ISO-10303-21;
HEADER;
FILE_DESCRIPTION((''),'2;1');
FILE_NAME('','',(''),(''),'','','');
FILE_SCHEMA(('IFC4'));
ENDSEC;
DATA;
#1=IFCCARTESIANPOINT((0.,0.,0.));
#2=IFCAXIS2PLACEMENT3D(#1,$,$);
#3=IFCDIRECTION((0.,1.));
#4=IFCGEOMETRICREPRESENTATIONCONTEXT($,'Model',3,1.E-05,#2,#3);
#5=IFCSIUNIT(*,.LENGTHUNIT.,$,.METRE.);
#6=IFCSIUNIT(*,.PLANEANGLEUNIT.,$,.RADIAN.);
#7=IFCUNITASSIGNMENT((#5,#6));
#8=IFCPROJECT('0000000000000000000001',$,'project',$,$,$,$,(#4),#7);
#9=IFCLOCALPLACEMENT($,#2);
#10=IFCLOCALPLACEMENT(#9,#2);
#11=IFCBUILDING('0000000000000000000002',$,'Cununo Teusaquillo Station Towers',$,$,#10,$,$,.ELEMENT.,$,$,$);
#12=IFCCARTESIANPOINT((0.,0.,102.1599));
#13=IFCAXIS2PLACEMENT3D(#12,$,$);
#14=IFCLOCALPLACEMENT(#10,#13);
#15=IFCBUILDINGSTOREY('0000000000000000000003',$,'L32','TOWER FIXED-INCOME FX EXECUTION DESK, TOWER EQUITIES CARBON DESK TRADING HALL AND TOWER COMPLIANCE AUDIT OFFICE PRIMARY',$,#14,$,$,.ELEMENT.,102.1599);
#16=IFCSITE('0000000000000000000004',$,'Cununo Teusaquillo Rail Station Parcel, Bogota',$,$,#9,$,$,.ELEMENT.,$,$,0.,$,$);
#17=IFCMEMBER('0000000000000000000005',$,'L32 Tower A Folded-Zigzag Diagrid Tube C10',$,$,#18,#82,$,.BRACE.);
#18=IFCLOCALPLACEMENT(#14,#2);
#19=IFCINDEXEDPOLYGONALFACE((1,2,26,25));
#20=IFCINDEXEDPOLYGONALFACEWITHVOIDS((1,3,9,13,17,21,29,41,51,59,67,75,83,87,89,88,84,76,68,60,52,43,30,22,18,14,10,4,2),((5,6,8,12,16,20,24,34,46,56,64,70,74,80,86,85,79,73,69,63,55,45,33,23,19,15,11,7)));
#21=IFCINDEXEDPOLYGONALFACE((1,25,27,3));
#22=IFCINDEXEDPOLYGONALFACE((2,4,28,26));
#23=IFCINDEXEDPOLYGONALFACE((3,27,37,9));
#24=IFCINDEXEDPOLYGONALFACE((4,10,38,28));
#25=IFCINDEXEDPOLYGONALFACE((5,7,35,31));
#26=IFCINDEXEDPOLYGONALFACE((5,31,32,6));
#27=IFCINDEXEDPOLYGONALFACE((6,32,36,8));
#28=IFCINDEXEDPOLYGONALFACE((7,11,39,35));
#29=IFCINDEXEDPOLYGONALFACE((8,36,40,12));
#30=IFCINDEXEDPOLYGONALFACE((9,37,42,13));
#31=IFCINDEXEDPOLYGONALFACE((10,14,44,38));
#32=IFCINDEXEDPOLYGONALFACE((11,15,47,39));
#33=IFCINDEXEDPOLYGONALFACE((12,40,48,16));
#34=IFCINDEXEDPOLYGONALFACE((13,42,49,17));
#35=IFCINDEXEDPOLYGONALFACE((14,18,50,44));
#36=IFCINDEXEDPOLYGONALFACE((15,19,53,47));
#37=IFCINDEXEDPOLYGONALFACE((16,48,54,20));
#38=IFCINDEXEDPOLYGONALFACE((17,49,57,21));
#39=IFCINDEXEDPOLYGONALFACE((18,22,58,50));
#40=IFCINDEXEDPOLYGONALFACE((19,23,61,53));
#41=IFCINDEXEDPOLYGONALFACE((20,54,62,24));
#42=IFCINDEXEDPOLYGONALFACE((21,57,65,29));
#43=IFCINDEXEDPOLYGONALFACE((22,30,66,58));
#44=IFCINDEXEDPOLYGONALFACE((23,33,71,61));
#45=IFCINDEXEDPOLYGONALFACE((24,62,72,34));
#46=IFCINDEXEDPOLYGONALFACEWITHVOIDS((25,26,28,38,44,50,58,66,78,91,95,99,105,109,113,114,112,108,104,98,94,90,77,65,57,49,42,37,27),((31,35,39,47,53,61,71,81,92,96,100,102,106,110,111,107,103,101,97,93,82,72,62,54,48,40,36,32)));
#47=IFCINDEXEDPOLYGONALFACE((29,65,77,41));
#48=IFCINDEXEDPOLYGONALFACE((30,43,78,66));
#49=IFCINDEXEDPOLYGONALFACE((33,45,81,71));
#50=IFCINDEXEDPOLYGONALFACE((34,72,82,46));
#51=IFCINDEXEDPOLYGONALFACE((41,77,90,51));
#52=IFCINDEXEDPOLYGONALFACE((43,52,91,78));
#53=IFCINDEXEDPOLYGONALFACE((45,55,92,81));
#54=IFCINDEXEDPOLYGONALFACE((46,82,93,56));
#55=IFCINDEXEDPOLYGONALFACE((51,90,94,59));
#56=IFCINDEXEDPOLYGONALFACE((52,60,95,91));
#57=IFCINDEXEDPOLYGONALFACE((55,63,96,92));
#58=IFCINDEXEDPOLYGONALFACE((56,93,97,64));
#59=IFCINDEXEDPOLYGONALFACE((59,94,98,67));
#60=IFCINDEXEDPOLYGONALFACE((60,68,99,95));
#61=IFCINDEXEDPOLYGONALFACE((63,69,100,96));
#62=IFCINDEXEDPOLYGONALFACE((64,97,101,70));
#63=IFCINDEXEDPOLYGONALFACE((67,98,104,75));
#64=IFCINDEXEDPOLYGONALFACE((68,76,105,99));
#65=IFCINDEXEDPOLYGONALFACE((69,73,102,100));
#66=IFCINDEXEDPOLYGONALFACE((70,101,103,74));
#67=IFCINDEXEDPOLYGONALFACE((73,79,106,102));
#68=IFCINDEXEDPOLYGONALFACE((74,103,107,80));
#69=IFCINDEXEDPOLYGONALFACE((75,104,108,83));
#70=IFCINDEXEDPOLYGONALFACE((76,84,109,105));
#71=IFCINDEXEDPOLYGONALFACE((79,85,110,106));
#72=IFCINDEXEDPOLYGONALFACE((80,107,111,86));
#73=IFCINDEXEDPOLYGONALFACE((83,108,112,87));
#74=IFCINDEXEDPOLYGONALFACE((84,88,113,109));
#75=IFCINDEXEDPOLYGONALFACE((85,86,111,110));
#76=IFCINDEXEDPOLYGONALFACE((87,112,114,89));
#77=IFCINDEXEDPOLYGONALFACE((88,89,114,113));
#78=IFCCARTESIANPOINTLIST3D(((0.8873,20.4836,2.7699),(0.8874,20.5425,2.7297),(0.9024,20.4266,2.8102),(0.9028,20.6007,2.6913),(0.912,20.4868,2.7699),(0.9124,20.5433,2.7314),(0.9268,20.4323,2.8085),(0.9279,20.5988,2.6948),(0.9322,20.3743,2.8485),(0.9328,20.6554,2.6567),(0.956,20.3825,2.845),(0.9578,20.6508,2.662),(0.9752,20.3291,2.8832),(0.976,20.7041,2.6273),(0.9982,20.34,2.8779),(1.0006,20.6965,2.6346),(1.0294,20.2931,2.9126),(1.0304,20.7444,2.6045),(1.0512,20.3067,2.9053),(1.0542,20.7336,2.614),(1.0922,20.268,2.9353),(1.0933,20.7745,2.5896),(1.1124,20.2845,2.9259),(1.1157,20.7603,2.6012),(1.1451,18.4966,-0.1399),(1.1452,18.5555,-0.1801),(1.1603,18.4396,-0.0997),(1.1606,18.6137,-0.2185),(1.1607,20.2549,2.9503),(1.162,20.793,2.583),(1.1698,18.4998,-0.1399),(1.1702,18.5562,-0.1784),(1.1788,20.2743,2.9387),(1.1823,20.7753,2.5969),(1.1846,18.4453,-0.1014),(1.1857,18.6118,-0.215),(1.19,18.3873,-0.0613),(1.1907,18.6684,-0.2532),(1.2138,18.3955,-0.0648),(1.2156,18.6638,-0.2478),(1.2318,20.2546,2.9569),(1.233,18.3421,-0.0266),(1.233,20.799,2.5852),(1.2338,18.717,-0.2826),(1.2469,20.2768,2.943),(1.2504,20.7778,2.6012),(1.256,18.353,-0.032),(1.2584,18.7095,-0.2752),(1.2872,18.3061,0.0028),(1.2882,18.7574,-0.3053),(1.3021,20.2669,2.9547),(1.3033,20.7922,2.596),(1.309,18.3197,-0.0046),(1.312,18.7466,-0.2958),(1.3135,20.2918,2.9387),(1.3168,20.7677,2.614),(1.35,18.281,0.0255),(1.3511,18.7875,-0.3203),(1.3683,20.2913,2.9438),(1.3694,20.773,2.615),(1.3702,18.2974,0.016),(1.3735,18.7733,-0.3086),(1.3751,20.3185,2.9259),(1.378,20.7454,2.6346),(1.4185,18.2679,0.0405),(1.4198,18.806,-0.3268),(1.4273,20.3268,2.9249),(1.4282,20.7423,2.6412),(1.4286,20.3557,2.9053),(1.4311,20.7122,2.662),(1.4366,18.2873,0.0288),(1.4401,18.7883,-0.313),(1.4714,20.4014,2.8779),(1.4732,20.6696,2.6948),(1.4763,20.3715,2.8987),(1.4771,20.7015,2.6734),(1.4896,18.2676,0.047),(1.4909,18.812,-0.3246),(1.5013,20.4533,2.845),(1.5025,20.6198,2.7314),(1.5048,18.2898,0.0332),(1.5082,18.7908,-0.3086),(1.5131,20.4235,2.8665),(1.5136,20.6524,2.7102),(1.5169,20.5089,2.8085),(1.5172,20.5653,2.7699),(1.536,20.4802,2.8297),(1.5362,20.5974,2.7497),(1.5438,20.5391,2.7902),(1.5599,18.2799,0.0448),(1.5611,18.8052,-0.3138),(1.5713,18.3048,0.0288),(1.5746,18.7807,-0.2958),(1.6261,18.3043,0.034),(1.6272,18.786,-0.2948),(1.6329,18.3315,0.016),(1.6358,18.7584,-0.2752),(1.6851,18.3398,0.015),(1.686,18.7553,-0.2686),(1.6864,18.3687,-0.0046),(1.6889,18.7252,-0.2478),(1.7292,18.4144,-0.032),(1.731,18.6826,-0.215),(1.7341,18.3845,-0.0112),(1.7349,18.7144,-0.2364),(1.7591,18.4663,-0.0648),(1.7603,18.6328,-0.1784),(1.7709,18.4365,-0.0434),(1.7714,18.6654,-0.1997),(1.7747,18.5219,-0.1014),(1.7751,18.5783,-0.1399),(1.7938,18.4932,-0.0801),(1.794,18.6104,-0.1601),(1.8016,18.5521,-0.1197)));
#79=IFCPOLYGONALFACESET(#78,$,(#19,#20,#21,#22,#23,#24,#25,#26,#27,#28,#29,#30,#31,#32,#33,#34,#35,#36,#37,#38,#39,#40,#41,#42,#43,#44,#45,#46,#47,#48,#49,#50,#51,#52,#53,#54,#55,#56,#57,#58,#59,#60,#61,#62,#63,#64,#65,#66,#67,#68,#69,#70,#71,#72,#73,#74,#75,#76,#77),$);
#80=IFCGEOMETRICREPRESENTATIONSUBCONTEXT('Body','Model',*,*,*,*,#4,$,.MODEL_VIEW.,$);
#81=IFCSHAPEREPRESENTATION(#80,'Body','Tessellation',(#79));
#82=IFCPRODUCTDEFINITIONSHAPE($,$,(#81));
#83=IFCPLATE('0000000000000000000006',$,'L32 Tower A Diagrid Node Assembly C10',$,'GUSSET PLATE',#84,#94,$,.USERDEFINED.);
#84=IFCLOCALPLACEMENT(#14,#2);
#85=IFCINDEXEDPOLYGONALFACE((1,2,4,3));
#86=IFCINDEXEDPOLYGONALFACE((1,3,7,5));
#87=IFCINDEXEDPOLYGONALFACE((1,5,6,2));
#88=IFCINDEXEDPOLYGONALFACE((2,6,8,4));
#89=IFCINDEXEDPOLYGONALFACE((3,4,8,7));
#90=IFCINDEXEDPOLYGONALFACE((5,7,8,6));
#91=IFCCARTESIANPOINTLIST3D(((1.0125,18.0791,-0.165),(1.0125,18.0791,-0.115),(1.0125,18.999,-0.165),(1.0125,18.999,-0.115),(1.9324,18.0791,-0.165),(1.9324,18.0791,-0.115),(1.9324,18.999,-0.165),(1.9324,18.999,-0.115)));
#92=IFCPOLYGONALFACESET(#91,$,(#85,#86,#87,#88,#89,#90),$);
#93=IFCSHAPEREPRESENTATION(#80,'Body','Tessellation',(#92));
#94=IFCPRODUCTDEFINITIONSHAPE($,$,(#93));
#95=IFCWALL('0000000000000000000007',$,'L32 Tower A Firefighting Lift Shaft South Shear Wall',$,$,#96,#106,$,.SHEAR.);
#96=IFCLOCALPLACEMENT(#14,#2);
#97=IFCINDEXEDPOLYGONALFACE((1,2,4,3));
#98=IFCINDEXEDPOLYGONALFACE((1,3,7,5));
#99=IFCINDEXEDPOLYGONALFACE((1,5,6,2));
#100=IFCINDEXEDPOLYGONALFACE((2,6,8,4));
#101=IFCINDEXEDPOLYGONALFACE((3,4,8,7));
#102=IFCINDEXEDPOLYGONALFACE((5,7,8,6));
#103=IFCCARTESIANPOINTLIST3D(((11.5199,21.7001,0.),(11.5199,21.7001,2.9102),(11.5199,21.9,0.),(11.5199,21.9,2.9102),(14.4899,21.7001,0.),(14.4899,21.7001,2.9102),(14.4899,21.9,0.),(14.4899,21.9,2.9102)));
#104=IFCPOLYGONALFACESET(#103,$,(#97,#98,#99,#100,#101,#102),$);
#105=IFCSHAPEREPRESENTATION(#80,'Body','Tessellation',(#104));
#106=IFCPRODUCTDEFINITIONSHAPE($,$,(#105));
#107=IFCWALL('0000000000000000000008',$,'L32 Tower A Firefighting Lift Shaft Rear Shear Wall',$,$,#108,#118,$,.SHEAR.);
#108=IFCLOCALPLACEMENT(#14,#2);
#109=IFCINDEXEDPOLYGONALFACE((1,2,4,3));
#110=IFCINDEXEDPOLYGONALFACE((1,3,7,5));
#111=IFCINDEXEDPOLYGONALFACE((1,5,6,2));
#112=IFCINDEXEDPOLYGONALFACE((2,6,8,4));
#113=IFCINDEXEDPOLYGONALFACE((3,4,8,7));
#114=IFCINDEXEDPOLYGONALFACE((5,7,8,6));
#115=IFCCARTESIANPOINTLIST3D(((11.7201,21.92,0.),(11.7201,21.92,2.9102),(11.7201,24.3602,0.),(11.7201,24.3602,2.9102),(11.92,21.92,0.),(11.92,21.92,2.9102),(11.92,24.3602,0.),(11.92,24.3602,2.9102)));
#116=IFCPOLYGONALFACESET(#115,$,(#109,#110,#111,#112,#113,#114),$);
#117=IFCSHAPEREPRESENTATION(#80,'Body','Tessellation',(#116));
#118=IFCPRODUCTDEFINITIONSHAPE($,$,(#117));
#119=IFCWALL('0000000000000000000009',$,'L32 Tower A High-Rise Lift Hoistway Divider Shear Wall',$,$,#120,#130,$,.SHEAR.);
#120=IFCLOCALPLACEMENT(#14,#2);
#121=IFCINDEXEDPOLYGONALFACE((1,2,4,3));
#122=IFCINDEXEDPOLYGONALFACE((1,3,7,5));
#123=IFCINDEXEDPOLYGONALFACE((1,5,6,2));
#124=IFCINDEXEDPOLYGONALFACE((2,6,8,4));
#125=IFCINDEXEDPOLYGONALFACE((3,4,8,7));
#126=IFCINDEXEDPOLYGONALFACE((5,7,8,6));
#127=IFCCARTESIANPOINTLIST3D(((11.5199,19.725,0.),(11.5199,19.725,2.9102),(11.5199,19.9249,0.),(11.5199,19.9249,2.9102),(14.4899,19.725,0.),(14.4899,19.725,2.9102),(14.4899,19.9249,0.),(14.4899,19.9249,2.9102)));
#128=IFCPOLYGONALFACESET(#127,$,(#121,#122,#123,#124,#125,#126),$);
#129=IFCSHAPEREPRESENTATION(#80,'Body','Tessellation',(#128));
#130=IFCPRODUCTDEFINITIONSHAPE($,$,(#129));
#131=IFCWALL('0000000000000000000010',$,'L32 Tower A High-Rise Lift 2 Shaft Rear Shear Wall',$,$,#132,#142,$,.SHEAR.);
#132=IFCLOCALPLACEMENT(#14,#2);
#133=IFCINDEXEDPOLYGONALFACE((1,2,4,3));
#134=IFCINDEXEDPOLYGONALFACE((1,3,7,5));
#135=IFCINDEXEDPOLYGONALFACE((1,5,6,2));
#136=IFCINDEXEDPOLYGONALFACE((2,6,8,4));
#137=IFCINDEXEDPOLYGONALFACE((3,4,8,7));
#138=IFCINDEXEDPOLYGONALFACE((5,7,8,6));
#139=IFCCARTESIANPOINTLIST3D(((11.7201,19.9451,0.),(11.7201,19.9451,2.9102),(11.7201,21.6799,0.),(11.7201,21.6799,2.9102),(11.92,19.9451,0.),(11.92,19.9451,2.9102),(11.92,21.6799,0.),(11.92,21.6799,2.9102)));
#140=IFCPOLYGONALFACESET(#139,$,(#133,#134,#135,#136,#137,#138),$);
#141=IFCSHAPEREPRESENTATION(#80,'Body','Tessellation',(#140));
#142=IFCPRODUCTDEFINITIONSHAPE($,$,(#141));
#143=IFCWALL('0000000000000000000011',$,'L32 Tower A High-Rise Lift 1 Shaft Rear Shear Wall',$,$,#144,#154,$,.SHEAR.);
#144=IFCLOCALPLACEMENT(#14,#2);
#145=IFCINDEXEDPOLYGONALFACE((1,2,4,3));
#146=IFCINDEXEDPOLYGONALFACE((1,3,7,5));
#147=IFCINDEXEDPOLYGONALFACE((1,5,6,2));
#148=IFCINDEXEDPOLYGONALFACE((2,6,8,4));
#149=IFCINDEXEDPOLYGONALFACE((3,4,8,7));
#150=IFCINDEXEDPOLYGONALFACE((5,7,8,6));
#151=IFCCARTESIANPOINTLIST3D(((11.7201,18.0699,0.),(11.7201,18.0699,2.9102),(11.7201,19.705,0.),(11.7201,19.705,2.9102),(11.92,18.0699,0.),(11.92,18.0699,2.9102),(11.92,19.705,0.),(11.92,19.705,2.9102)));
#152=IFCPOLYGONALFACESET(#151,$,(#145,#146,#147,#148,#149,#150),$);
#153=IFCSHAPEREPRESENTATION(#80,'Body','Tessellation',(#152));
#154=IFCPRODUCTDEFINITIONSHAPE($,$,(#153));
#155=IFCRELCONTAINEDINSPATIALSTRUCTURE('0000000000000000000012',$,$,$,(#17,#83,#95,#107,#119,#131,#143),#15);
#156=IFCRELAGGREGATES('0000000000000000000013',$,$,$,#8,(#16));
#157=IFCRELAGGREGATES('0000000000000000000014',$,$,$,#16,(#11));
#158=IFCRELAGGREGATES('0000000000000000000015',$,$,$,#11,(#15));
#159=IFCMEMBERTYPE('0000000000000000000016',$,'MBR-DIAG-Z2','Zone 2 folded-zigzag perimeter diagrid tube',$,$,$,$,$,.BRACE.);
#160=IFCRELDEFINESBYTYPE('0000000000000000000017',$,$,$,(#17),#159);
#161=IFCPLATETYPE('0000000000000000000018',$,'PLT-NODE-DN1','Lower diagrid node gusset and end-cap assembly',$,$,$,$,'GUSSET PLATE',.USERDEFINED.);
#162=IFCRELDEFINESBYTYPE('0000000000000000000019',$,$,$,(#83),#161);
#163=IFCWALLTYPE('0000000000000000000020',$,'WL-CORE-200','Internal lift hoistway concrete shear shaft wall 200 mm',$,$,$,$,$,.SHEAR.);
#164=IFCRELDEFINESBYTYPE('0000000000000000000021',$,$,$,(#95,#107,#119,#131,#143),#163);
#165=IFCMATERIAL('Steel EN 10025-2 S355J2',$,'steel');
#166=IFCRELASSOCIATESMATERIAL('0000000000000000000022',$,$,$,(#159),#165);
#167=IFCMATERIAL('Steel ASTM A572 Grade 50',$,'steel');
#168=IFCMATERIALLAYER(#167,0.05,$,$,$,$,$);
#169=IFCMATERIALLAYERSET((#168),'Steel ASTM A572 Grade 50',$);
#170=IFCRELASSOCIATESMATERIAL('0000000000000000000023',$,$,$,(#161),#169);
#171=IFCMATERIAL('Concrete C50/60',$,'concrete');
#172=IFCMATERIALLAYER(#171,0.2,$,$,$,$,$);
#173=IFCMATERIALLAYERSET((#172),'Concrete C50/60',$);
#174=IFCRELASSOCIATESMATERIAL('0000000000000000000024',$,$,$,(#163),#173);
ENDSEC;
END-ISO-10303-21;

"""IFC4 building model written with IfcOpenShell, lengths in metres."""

from ifc_helpers import new_model, si_unit, direction, frame, frame_2d, origin, origin_2d, place, context, subcontext, project, spatial, rectangle, hollow_circle, extrude, source, transform, mapped, material, layer, layer_set, material_profile, profile_set, type_object, element, save


model = new_model("IFC4")

# Units and contexts
model_context = context("Model", 3, precision=1e-05, world=origin(), true_north=direction((0.0, 1.0)))
body_context = subcontext(model_context, "Body", "Model", "MODEL_VIEW")
ifc_project = project(units=[si_unit("LENGTHUNIT", "METRE"), si_unit("PLANEANGLEUNIT", "RADIAN")], contexts=[model_context])

# Site, building, storey
site_placement = place(None, origin())
site = spatial("IfcSite", under=ifc_project, at=site_placement, Name="Cununo Teusaquillo Rail Station Parcel, Bogota", CompositionType="ELEMENT", RefElevation=0.0)
building_placement = place(site_placement, origin())
building = spatial("IfcBuilding", under=site, at=building_placement, Name="Cununo Teusaquillo Station Towers", CompositionType="ELEMENT")
storey_placement = place(building_placement, frame((0.0, 0.0, 102.1599)))
storey = spatial("IfcBuildingStorey", under=building, at=storey_placement, Name="L32", Description="TOWER FIXED-INCOME FX EXECUTION DESK, TOWER EQUITIES CARBON DESK TRADING HALL AND TOWER COMPLIANCE AUDIT OFFICE PRIMARY", CompositionType="ELEMENT", Elevation=102.1599)

# Member
ifc_material_1 = material(Name="Steel EN 10025-2 S355J2", Category="steel")
ifc_material_profile_1 = material_profile(ifc_material_1, hollow_circle(Radius=0.3301, WallThickness=0.0249, at=origin_2d()), Name="CHS 660x25")
ifc_profile_set_1 = profile_set([ifc_material_profile_1], Name="Steel EN 10025-2 S355J2")
member_type = type_object("IfcMemberType", Name="MBR-DIAG-Z2", Description="Zone 2 folded-zigzag perimeter diagrid tube", PredefinedType="BRACE", material=ifc_profile_set_1)
member_placement = place(storey_placement, frame((1.4724, 18.5391, -0.1399), z_axis=(-0.072972, 0.56242, 0.823625), x_axis=(-0.991688, -0.128667, 0.0)))
element("IfcMember", 1, at=member_placement, inside=storey, type_object=member_type, Name="L32 Tower A Folded-Zigzag Diagrid Tube C10", PredefinedType="BRACE", context=body_context, shape_type="SweptSolid", body=[
    extrude(hollow_circle(Radius=0.3301, WallThickness=0.0249, at=origin_2d()), origin(), (0.0, 0.0, 1.0), 3.533),
])

# Plate
ifc_material_2 = material(Name="Steel ASTM A572 Grade 50", Category="steel")
ifc_layer_1 = layer(ifc_material_2, 0.05)
ifc_layer_set_1 = layer_set([ifc_layer_1], Name="Steel ASTM A572 Grade 50")
plate_type = type_object("IfcPlateType", Name="PLT-NODE-DN1", Description="Lower diagrid node gusset and end-cap assembly", ElementType="GUSSET PLATE", PredefinedType="USERDEFINED", material=ifc_layer_set_1)
shared_shape_1 = source(origin(), body_context, "Body", "SweptSolid", [
    extrude(rectangle(XDim=0.9199, YDim=0.9199, at=origin_2d()), origin(), (0.0, 0.0, 1.0), 0.05),
])
plate_placement = place(storey_placement, frame((1.4724, 18.5391, -0.165), z_axis=(0.0, 0.0, 1.0), x_axis=(1.0, 0.0, 0.0)))
element("IfcPlate", 2, at=plate_placement, inside=storey, type_object=plate_type, Name="L32 Tower A Diagrid Node Assembly C10", ObjectType="GUSSET PLATE", PredefinedType="USERDEFINED", context=body_context, shape_type="MappedRepresentation", body=[
    mapped(shared_shape_1, transform((0.0, 0.0, 0.0), x_axis=(1.0, 0.0, 0.0), y_axis=(0.0, 1.0, 0.0), z_axis=(0.0, 0.0, 1.0), scale=1.0)),
])

# Walls
ifc_material_3 = material(Name="Concrete C50/60", Category="concrete")
ifc_layer_2 = layer(ifc_material_3, 0.2)
ifc_layer_set_2 = layer_set([ifc_layer_2], Name="Concrete C50/60")
wall_type_1 = type_object("IfcWallType", Name="WL-CORE-200", Description="Internal lift hoistway concrete shear shaft wall 200 mm", PredefinedType="SHEAR", material=ifc_layer_set_2)
wall_1_placement = place(storey_placement, frame((11.52, 21.8, 0.0), z_axis=(0.0, 0.0, 1.0), x_axis=(1.0, 0.0, 0.0)))
element("IfcWall", 3, at=wall_1_placement, inside=storey, type_object=wall_type_1, Name="L32 Tower A Firefighting Lift Shaft South Shear Wall", PredefinedType="SHEAR", context=body_context, shape_type="SweptSolid", body=[
    extrude(rectangle(XDim=2.97, YDim=0.2, at=frame_2d((1.4849, 0.0))), origin(), (0.0, 0.0, 1.0), 2.9102),
])
wall_2_placement = place(storey_placement, frame((11.8201, 21.9199, 0.0), z_axis=(0.0, 0.0, 1.0), x_axis=(0.0, 1.0, 0.0)))
element("IfcWall", 4, at=wall_2_placement, inside=storey, type_object=wall_type_1, Name="L32 Tower A Firefighting Lift Shaft Rear Shear Wall", PredefinedType="SHEAR", context=body_context, shape_type="SweptSolid", body=[
    extrude(rectangle(XDim=2.4402, YDim=0.2, at=frame_2d((1.2202, 0.0))), origin(), (0.0, 0.0, 1.0), 2.9102),
])
wall_3_placement = place(storey_placement, frame((11.52, 19.825, 0.0), z_axis=(0.0, 0.0, 1.0), x_axis=(1.0, 0.0, 0.0)))
element("IfcWall", 5, at=wall_3_placement, inside=storey, type_object=wall_type_1, Name="L32 Tower A High-Rise Lift Hoistway Divider Shear Wall", PredefinedType="SHEAR", context=body_context, shape_type="SweptSolid", body=[
    extrude(rectangle(XDim=2.97, YDim=0.2, at=frame_2d((1.4849, 0.0))), origin(), (0.0, 0.0, 1.0), 2.9102),
])
wall_4_placement = place(storey_placement, frame((11.8201, 19.9451, 0.0), z_axis=(0.0, 0.0, 1.0), x_axis=(0.0, 1.0, 0.0)))
element("IfcWall", 6, at=wall_4_placement, inside=storey, type_object=wall_type_1, Name="L32 Tower A High-Rise Lift 2 Shaft Rear Shear Wall", PredefinedType="SHEAR", context=body_context, shape_type="SweptSolid", body=[
    extrude(rectangle(XDim=1.7349, YDim=0.2, at=frame_2d((0.8674, 0.0))), origin(), (0.0, 0.0, 1.0), 2.9102),
])
wall_5_placement = place(storey_placement, frame((11.8201, 18.0701, 0.0), z_axis=(0.0, 0.0, 1.0), x_axis=(0.0, 1.0, 0.0)))
element("IfcWall", 7, at=wall_5_placement, inside=storey, type_object=wall_type_1, Name="L32 Tower A High-Rise Lift 1 Shaft Rear Shear Wall", PredefinedType="SHEAR", context=body_context, shape_type="SweptSolid", body=[
    extrude(rectangle(XDim=1.635, YDim=0.2, at=frame_2d((0.8174, 0.0))), origin(), (0.0, 0.0, 1.0), 2.9102),
])

save(model, "model.ifc")
